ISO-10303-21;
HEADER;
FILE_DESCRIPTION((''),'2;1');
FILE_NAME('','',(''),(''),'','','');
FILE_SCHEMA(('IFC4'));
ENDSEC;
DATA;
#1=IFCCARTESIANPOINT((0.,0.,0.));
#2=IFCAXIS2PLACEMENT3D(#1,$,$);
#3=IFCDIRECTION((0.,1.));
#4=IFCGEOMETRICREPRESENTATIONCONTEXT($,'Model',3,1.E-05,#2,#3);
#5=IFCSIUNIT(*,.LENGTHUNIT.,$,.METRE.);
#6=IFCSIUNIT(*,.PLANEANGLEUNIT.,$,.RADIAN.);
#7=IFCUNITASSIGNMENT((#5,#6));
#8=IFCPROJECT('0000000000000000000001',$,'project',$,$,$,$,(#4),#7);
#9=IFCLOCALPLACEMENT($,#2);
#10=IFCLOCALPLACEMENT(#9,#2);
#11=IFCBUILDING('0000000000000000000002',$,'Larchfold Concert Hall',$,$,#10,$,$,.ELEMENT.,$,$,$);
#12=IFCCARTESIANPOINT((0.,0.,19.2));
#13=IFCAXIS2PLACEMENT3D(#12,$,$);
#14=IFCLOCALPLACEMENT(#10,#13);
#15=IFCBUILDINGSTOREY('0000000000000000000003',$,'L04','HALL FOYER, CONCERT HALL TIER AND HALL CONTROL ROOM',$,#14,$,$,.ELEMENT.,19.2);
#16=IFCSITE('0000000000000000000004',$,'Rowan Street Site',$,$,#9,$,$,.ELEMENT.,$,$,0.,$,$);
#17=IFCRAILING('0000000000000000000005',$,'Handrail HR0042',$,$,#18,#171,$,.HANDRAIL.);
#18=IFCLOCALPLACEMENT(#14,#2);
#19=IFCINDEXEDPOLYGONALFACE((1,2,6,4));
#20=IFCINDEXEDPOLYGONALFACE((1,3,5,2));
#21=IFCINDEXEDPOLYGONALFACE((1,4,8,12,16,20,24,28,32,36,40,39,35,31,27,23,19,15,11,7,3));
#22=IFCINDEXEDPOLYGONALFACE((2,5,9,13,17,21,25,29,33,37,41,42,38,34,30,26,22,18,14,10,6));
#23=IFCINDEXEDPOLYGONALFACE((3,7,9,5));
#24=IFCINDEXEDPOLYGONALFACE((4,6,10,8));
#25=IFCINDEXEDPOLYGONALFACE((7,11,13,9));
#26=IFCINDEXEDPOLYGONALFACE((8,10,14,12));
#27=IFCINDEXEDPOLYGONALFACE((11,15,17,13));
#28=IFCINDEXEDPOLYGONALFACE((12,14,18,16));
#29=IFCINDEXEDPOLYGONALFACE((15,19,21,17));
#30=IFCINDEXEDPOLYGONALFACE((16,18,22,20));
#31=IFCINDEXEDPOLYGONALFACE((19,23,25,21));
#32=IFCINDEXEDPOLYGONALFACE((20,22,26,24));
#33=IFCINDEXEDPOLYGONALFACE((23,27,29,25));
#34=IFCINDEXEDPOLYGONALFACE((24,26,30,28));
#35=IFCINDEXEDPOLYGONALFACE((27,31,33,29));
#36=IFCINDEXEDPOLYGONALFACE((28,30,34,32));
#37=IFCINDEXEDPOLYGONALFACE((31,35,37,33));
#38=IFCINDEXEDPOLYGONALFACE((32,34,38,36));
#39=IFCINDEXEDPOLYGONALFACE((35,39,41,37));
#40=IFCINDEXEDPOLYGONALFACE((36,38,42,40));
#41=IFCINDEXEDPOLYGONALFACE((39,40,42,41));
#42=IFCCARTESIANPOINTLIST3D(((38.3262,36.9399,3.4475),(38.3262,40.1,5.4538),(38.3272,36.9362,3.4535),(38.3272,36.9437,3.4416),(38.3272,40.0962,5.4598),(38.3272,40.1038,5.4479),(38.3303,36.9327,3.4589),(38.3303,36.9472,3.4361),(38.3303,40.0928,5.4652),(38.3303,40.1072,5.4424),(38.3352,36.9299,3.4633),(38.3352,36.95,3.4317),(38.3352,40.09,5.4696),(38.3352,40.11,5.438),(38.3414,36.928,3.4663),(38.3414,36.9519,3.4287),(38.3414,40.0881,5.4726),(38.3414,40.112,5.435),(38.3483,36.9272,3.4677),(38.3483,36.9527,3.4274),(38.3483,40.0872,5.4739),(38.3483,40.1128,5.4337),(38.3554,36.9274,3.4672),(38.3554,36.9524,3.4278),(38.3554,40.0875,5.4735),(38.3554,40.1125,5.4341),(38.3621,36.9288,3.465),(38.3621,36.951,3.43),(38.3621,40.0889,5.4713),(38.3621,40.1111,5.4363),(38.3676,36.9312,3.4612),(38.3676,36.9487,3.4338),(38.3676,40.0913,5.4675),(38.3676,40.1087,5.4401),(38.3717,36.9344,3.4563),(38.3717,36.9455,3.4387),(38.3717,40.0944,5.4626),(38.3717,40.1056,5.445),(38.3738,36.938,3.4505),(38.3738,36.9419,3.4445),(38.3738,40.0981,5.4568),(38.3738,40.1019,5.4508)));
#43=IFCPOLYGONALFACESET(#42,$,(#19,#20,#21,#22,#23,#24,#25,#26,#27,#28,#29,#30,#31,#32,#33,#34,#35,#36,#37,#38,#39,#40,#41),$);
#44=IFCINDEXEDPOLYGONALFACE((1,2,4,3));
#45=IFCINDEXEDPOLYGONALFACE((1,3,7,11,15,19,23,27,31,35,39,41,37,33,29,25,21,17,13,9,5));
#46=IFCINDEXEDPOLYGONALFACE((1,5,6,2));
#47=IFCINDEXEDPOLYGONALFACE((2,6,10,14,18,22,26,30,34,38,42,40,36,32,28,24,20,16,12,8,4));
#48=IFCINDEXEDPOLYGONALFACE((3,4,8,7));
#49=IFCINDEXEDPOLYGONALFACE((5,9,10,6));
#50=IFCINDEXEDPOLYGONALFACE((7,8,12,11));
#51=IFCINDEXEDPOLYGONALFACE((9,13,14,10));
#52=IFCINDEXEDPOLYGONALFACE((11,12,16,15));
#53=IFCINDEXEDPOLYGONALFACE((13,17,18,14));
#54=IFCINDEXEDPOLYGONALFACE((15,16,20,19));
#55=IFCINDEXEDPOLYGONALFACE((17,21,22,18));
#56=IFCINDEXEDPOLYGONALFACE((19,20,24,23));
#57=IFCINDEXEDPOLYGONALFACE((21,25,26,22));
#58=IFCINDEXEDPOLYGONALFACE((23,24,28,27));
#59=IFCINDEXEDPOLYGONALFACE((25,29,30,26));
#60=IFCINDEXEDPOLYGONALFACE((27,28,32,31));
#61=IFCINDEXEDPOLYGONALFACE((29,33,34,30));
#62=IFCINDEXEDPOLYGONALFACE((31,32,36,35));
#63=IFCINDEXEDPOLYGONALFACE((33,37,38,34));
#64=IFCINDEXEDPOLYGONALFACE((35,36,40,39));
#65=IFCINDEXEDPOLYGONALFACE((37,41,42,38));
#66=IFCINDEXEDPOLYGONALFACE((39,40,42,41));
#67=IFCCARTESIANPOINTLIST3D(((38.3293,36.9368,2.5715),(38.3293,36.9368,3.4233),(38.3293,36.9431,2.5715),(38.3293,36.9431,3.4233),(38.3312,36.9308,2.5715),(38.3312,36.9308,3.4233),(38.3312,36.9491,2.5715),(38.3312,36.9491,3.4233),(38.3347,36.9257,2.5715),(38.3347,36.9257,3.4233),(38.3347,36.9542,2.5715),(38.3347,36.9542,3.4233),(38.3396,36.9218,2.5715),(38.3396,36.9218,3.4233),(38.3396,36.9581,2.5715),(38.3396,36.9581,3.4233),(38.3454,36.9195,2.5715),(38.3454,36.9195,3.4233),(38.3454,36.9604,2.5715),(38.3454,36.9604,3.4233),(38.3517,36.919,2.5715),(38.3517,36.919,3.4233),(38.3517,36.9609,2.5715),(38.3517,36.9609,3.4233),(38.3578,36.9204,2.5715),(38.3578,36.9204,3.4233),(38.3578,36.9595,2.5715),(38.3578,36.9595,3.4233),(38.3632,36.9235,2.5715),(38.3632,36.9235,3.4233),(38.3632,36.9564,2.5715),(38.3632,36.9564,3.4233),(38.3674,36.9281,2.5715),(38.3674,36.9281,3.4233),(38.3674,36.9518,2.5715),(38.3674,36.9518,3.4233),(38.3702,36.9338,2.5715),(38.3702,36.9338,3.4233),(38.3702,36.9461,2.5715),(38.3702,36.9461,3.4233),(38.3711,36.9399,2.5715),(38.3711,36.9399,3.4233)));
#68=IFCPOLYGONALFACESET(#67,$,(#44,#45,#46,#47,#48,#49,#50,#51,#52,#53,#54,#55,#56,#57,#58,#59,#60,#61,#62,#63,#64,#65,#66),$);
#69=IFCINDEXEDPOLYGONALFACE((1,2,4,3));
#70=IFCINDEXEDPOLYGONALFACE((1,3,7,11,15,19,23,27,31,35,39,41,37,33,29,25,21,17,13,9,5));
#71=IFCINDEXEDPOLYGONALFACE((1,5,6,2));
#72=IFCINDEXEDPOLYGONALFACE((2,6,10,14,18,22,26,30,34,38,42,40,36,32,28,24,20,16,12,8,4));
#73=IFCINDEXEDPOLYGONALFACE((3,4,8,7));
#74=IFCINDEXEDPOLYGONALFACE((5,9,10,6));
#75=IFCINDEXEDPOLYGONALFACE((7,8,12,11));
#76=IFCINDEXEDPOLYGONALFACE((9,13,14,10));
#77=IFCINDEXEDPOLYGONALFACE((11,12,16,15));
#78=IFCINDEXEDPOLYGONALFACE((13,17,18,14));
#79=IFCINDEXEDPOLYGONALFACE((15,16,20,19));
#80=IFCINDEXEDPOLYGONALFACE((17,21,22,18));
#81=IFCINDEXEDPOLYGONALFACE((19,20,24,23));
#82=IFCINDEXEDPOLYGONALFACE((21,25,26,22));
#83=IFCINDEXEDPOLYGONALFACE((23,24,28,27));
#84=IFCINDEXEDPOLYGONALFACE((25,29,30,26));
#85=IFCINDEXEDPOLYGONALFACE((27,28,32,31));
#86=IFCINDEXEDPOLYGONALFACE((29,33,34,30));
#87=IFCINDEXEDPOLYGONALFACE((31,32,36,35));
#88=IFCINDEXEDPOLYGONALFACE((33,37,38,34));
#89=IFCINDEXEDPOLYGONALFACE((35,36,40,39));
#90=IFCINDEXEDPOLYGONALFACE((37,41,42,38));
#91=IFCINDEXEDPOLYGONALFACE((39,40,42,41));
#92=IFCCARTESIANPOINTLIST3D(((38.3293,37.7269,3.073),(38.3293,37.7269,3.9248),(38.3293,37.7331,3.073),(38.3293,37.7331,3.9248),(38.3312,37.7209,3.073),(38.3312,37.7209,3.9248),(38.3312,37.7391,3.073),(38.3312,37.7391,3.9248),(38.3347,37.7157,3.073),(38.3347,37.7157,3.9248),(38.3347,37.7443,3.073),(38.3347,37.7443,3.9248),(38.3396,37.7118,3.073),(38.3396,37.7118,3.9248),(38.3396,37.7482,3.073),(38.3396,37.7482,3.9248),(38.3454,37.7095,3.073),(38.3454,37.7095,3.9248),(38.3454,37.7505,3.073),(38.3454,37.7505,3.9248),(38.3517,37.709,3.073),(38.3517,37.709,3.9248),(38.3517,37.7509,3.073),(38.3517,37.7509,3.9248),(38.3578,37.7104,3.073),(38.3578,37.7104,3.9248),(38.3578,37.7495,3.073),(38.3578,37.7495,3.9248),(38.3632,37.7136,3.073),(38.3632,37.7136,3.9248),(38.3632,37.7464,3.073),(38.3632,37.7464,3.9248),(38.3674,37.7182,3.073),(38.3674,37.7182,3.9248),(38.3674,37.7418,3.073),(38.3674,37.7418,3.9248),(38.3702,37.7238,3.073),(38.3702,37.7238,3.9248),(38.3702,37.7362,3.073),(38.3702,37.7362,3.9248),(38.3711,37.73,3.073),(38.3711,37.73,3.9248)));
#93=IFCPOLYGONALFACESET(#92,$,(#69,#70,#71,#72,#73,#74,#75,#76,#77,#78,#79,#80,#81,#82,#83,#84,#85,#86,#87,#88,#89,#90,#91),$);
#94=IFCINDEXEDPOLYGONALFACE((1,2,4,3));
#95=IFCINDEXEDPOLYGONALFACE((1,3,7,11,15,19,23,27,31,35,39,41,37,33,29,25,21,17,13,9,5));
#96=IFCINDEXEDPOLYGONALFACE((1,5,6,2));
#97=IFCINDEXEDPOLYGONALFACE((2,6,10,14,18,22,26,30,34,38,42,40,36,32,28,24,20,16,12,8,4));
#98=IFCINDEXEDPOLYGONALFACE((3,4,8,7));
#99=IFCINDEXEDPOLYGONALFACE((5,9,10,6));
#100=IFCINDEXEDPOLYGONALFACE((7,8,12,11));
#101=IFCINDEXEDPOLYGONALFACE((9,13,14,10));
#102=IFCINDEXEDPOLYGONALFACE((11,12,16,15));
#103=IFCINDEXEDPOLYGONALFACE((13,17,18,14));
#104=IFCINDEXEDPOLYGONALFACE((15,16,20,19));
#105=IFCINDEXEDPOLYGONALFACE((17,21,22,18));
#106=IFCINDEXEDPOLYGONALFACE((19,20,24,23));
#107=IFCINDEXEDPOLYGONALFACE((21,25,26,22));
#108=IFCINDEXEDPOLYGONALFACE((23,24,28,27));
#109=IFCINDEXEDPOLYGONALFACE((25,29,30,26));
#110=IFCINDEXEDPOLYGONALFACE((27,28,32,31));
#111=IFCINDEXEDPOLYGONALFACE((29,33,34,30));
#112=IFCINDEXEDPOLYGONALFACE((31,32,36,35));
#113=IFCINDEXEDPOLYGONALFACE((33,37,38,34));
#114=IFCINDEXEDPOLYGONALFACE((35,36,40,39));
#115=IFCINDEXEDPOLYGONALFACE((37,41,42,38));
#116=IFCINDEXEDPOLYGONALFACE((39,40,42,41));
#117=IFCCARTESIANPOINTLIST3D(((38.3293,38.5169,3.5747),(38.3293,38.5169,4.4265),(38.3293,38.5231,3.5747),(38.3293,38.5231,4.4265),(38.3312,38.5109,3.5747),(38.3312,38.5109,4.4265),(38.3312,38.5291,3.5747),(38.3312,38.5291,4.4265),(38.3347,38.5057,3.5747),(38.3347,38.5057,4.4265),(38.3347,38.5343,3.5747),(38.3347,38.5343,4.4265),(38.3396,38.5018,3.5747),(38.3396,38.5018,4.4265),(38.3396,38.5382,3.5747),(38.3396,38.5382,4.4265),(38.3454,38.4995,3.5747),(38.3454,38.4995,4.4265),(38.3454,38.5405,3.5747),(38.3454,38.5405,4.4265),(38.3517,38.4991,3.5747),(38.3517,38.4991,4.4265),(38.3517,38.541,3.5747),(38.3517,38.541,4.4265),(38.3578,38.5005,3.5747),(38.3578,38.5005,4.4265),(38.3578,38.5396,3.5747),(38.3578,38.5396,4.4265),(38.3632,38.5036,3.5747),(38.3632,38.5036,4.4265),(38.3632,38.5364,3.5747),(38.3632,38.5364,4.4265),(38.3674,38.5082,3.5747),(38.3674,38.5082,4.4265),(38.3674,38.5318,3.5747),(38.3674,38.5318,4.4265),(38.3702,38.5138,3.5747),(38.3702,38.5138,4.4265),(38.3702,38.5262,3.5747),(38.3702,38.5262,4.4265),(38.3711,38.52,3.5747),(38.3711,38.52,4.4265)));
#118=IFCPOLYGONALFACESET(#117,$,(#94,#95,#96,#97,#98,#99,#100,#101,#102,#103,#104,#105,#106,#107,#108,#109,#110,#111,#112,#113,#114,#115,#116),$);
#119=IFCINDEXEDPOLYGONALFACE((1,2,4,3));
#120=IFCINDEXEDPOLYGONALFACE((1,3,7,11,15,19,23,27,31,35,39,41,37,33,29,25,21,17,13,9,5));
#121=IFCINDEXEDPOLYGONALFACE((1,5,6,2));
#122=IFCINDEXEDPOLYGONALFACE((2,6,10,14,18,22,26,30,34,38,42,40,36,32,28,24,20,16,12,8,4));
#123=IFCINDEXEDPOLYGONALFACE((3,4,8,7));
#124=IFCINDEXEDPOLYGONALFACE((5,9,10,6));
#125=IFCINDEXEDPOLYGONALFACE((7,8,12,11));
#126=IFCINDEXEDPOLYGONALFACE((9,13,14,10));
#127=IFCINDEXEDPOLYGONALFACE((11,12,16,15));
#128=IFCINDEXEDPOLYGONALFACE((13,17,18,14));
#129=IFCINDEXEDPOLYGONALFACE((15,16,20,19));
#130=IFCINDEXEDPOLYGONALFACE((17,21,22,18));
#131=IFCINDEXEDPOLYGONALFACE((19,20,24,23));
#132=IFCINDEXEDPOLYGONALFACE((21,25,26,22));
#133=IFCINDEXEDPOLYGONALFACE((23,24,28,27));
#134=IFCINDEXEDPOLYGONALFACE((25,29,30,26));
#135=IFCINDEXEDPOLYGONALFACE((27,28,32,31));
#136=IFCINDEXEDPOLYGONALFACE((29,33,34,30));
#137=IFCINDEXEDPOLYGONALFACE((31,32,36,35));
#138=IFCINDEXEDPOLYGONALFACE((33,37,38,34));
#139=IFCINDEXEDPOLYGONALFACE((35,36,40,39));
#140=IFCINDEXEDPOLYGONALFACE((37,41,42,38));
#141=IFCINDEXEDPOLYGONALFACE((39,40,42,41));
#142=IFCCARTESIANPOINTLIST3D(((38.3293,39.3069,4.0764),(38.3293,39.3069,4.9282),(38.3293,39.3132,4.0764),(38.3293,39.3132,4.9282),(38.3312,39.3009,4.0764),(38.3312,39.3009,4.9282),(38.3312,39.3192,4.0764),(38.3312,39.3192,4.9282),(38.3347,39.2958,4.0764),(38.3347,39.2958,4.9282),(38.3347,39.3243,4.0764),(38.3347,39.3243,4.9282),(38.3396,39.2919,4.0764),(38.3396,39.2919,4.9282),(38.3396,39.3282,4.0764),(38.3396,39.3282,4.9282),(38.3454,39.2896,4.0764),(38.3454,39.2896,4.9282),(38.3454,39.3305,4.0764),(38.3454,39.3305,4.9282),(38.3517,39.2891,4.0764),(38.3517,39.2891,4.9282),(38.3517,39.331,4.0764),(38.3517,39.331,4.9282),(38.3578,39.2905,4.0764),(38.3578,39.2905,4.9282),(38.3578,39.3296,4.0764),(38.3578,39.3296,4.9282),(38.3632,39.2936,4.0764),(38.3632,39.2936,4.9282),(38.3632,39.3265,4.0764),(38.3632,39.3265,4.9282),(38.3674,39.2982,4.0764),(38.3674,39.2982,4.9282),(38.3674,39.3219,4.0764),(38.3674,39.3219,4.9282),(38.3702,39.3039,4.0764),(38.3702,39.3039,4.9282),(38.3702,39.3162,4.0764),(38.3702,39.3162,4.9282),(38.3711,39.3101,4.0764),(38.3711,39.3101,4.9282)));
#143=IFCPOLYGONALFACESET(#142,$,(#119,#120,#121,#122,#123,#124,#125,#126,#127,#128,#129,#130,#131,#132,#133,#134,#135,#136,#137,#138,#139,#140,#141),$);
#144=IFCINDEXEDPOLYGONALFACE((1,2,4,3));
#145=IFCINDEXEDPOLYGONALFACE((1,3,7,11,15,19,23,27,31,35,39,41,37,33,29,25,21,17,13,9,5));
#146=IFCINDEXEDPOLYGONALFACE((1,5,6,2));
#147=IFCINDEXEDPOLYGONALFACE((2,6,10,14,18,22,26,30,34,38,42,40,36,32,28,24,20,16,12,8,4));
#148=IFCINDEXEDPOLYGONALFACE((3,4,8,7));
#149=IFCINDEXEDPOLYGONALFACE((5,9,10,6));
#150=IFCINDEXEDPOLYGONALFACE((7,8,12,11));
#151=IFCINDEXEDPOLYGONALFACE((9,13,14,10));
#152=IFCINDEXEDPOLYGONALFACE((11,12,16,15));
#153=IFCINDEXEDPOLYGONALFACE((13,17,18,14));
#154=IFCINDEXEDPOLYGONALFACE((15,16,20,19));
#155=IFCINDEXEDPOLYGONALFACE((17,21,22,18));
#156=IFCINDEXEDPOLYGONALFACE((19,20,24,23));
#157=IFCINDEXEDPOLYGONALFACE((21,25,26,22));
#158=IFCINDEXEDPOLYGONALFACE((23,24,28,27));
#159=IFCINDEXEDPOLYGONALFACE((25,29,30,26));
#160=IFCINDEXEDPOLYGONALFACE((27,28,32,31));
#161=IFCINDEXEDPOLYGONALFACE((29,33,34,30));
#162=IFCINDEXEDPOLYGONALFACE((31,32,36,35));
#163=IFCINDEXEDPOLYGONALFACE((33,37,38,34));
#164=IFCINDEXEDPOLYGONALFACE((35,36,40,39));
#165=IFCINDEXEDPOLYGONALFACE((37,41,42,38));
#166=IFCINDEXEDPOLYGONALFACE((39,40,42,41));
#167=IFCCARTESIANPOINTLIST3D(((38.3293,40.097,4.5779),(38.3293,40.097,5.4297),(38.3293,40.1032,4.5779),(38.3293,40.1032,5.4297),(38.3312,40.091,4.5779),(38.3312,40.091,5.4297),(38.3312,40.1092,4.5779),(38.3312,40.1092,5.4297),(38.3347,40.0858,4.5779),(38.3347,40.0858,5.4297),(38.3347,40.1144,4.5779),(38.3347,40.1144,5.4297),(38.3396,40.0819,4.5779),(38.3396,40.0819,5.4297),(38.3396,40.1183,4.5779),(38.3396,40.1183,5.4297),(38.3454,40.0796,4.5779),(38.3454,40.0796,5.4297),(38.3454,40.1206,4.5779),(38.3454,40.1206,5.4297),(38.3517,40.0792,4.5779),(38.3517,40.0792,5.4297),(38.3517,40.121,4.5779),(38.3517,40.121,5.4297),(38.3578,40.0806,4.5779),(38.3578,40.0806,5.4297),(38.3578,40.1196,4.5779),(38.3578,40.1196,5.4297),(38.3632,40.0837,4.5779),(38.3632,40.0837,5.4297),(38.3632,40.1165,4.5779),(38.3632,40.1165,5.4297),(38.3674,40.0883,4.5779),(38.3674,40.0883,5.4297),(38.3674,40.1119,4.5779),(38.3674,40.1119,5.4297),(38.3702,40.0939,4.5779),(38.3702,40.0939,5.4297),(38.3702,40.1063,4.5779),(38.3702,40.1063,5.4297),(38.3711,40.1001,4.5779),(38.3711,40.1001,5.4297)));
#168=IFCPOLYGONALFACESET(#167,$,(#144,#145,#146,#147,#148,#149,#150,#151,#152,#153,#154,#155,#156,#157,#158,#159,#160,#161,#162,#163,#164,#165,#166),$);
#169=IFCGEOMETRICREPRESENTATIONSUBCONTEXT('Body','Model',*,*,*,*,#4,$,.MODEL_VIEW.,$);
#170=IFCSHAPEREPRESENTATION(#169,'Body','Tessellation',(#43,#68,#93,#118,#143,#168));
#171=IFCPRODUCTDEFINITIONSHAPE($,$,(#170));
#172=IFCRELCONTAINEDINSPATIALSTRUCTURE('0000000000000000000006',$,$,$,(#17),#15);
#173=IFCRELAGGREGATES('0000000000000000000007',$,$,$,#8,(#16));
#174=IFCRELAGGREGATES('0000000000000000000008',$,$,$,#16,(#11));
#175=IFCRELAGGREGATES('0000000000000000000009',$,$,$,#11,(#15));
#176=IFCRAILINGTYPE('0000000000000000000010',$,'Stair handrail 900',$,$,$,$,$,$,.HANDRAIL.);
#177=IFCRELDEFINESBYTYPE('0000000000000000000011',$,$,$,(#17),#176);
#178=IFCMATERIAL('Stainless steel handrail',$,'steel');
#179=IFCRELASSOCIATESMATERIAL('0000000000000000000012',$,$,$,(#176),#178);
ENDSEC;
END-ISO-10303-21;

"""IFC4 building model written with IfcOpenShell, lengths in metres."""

from ifc_helpers import new_model, si_unit, direction, frame, origin, origin_2d, place, context, subcontext, project, spatial, circle, extrude, material, type_object, element, save


model = new_model("IFC4")

# Units and contexts
model_context = context("Model", 3, precision=1e-05, world=origin(), true_north=direction((0.0, 1.0)))
body_context = subcontext(model_context, "Body", "Model", "MODEL_VIEW")
ifc_project = project(units=[si_unit("LENGTHUNIT", "METRE"), si_unit("PLANEANGLEUNIT", "RADIAN")], contexts=[model_context])

# Site, building, storey
site_placement = place(None, origin())
site = spatial("IfcSite", under=ifc_project, at=site_placement, Name="Rowan Street Site", CompositionType="ELEMENT", RefElevation=0.0)
building_placement = place(site_placement, origin())
building = spatial("IfcBuilding", under=site, at=building_placement, Name="Larchfold Concert Hall", CompositionType="ELEMENT")
storey_placement = place(building_placement, frame((0.0, 0.0, 19.2)))
storey = spatial("IfcBuildingStorey", under=building, at=storey_placement, Name="L04", Description="HALL FOYER, CONCERT HALL TIER AND HALL CONTROL ROOM", CompositionType="ELEMENT", Elevation=19.2)

# Railing
ifc_material_1 = material(Name="Stainless steel handrail", Category="steel")
railing_type_1 = type_object("IfcRailingType", Name="Stair handrail 900", PredefinedType="HANDRAIL", material=ifc_material_1)
railing_1_placement = place(storey_placement, frame((38.3501, 36.9399, 2.5715)))
element("IfcRailing", 1, at=railing_1_placement, inside=storey, type_object=railing_type_1, Name="Handrail HR0042", PredefinedType="HANDRAIL", context=body_context, shape_type="SweptSolid", body=[
    extrude(circle(Radius=0.0239, at=origin_2d()), frame((0.0, 0.0, 0.876), z_axis=(0.0, 0.844225, 0.535989), x_axis=(-1.0, 0.0, 0.0)), (0.0, 0.0, 1.0), 3.7432),
    extrude(circle(Radius=0.021, at=origin_2d()), origin(), (0.0, 0.0, 1.0), 0.8518),
    extrude(circle(Radius=0.021, at=origin_2d()), frame((0.0, 0.79, 0.5015)), (0.0, 0.0, 1.0), 0.8518),
    extrude(circle(Radius=0.021, at=origin_2d()), frame((0.0, 1.5801, 1.0032)), (0.0, 0.0, 1.0), 0.8518),
    extrude(circle(Radius=0.021, at=origin_2d()), frame((0.0, 2.3701, 1.5049)), (0.0, 0.0, 1.0), 0.8518),
    extrude(circle(Radius=0.021, at=origin_2d()), frame((0.0, 3.1602, 2.0063)), (0.0, 0.0, 1.0), 0.8518),
])

save(model, "model.ifc")
